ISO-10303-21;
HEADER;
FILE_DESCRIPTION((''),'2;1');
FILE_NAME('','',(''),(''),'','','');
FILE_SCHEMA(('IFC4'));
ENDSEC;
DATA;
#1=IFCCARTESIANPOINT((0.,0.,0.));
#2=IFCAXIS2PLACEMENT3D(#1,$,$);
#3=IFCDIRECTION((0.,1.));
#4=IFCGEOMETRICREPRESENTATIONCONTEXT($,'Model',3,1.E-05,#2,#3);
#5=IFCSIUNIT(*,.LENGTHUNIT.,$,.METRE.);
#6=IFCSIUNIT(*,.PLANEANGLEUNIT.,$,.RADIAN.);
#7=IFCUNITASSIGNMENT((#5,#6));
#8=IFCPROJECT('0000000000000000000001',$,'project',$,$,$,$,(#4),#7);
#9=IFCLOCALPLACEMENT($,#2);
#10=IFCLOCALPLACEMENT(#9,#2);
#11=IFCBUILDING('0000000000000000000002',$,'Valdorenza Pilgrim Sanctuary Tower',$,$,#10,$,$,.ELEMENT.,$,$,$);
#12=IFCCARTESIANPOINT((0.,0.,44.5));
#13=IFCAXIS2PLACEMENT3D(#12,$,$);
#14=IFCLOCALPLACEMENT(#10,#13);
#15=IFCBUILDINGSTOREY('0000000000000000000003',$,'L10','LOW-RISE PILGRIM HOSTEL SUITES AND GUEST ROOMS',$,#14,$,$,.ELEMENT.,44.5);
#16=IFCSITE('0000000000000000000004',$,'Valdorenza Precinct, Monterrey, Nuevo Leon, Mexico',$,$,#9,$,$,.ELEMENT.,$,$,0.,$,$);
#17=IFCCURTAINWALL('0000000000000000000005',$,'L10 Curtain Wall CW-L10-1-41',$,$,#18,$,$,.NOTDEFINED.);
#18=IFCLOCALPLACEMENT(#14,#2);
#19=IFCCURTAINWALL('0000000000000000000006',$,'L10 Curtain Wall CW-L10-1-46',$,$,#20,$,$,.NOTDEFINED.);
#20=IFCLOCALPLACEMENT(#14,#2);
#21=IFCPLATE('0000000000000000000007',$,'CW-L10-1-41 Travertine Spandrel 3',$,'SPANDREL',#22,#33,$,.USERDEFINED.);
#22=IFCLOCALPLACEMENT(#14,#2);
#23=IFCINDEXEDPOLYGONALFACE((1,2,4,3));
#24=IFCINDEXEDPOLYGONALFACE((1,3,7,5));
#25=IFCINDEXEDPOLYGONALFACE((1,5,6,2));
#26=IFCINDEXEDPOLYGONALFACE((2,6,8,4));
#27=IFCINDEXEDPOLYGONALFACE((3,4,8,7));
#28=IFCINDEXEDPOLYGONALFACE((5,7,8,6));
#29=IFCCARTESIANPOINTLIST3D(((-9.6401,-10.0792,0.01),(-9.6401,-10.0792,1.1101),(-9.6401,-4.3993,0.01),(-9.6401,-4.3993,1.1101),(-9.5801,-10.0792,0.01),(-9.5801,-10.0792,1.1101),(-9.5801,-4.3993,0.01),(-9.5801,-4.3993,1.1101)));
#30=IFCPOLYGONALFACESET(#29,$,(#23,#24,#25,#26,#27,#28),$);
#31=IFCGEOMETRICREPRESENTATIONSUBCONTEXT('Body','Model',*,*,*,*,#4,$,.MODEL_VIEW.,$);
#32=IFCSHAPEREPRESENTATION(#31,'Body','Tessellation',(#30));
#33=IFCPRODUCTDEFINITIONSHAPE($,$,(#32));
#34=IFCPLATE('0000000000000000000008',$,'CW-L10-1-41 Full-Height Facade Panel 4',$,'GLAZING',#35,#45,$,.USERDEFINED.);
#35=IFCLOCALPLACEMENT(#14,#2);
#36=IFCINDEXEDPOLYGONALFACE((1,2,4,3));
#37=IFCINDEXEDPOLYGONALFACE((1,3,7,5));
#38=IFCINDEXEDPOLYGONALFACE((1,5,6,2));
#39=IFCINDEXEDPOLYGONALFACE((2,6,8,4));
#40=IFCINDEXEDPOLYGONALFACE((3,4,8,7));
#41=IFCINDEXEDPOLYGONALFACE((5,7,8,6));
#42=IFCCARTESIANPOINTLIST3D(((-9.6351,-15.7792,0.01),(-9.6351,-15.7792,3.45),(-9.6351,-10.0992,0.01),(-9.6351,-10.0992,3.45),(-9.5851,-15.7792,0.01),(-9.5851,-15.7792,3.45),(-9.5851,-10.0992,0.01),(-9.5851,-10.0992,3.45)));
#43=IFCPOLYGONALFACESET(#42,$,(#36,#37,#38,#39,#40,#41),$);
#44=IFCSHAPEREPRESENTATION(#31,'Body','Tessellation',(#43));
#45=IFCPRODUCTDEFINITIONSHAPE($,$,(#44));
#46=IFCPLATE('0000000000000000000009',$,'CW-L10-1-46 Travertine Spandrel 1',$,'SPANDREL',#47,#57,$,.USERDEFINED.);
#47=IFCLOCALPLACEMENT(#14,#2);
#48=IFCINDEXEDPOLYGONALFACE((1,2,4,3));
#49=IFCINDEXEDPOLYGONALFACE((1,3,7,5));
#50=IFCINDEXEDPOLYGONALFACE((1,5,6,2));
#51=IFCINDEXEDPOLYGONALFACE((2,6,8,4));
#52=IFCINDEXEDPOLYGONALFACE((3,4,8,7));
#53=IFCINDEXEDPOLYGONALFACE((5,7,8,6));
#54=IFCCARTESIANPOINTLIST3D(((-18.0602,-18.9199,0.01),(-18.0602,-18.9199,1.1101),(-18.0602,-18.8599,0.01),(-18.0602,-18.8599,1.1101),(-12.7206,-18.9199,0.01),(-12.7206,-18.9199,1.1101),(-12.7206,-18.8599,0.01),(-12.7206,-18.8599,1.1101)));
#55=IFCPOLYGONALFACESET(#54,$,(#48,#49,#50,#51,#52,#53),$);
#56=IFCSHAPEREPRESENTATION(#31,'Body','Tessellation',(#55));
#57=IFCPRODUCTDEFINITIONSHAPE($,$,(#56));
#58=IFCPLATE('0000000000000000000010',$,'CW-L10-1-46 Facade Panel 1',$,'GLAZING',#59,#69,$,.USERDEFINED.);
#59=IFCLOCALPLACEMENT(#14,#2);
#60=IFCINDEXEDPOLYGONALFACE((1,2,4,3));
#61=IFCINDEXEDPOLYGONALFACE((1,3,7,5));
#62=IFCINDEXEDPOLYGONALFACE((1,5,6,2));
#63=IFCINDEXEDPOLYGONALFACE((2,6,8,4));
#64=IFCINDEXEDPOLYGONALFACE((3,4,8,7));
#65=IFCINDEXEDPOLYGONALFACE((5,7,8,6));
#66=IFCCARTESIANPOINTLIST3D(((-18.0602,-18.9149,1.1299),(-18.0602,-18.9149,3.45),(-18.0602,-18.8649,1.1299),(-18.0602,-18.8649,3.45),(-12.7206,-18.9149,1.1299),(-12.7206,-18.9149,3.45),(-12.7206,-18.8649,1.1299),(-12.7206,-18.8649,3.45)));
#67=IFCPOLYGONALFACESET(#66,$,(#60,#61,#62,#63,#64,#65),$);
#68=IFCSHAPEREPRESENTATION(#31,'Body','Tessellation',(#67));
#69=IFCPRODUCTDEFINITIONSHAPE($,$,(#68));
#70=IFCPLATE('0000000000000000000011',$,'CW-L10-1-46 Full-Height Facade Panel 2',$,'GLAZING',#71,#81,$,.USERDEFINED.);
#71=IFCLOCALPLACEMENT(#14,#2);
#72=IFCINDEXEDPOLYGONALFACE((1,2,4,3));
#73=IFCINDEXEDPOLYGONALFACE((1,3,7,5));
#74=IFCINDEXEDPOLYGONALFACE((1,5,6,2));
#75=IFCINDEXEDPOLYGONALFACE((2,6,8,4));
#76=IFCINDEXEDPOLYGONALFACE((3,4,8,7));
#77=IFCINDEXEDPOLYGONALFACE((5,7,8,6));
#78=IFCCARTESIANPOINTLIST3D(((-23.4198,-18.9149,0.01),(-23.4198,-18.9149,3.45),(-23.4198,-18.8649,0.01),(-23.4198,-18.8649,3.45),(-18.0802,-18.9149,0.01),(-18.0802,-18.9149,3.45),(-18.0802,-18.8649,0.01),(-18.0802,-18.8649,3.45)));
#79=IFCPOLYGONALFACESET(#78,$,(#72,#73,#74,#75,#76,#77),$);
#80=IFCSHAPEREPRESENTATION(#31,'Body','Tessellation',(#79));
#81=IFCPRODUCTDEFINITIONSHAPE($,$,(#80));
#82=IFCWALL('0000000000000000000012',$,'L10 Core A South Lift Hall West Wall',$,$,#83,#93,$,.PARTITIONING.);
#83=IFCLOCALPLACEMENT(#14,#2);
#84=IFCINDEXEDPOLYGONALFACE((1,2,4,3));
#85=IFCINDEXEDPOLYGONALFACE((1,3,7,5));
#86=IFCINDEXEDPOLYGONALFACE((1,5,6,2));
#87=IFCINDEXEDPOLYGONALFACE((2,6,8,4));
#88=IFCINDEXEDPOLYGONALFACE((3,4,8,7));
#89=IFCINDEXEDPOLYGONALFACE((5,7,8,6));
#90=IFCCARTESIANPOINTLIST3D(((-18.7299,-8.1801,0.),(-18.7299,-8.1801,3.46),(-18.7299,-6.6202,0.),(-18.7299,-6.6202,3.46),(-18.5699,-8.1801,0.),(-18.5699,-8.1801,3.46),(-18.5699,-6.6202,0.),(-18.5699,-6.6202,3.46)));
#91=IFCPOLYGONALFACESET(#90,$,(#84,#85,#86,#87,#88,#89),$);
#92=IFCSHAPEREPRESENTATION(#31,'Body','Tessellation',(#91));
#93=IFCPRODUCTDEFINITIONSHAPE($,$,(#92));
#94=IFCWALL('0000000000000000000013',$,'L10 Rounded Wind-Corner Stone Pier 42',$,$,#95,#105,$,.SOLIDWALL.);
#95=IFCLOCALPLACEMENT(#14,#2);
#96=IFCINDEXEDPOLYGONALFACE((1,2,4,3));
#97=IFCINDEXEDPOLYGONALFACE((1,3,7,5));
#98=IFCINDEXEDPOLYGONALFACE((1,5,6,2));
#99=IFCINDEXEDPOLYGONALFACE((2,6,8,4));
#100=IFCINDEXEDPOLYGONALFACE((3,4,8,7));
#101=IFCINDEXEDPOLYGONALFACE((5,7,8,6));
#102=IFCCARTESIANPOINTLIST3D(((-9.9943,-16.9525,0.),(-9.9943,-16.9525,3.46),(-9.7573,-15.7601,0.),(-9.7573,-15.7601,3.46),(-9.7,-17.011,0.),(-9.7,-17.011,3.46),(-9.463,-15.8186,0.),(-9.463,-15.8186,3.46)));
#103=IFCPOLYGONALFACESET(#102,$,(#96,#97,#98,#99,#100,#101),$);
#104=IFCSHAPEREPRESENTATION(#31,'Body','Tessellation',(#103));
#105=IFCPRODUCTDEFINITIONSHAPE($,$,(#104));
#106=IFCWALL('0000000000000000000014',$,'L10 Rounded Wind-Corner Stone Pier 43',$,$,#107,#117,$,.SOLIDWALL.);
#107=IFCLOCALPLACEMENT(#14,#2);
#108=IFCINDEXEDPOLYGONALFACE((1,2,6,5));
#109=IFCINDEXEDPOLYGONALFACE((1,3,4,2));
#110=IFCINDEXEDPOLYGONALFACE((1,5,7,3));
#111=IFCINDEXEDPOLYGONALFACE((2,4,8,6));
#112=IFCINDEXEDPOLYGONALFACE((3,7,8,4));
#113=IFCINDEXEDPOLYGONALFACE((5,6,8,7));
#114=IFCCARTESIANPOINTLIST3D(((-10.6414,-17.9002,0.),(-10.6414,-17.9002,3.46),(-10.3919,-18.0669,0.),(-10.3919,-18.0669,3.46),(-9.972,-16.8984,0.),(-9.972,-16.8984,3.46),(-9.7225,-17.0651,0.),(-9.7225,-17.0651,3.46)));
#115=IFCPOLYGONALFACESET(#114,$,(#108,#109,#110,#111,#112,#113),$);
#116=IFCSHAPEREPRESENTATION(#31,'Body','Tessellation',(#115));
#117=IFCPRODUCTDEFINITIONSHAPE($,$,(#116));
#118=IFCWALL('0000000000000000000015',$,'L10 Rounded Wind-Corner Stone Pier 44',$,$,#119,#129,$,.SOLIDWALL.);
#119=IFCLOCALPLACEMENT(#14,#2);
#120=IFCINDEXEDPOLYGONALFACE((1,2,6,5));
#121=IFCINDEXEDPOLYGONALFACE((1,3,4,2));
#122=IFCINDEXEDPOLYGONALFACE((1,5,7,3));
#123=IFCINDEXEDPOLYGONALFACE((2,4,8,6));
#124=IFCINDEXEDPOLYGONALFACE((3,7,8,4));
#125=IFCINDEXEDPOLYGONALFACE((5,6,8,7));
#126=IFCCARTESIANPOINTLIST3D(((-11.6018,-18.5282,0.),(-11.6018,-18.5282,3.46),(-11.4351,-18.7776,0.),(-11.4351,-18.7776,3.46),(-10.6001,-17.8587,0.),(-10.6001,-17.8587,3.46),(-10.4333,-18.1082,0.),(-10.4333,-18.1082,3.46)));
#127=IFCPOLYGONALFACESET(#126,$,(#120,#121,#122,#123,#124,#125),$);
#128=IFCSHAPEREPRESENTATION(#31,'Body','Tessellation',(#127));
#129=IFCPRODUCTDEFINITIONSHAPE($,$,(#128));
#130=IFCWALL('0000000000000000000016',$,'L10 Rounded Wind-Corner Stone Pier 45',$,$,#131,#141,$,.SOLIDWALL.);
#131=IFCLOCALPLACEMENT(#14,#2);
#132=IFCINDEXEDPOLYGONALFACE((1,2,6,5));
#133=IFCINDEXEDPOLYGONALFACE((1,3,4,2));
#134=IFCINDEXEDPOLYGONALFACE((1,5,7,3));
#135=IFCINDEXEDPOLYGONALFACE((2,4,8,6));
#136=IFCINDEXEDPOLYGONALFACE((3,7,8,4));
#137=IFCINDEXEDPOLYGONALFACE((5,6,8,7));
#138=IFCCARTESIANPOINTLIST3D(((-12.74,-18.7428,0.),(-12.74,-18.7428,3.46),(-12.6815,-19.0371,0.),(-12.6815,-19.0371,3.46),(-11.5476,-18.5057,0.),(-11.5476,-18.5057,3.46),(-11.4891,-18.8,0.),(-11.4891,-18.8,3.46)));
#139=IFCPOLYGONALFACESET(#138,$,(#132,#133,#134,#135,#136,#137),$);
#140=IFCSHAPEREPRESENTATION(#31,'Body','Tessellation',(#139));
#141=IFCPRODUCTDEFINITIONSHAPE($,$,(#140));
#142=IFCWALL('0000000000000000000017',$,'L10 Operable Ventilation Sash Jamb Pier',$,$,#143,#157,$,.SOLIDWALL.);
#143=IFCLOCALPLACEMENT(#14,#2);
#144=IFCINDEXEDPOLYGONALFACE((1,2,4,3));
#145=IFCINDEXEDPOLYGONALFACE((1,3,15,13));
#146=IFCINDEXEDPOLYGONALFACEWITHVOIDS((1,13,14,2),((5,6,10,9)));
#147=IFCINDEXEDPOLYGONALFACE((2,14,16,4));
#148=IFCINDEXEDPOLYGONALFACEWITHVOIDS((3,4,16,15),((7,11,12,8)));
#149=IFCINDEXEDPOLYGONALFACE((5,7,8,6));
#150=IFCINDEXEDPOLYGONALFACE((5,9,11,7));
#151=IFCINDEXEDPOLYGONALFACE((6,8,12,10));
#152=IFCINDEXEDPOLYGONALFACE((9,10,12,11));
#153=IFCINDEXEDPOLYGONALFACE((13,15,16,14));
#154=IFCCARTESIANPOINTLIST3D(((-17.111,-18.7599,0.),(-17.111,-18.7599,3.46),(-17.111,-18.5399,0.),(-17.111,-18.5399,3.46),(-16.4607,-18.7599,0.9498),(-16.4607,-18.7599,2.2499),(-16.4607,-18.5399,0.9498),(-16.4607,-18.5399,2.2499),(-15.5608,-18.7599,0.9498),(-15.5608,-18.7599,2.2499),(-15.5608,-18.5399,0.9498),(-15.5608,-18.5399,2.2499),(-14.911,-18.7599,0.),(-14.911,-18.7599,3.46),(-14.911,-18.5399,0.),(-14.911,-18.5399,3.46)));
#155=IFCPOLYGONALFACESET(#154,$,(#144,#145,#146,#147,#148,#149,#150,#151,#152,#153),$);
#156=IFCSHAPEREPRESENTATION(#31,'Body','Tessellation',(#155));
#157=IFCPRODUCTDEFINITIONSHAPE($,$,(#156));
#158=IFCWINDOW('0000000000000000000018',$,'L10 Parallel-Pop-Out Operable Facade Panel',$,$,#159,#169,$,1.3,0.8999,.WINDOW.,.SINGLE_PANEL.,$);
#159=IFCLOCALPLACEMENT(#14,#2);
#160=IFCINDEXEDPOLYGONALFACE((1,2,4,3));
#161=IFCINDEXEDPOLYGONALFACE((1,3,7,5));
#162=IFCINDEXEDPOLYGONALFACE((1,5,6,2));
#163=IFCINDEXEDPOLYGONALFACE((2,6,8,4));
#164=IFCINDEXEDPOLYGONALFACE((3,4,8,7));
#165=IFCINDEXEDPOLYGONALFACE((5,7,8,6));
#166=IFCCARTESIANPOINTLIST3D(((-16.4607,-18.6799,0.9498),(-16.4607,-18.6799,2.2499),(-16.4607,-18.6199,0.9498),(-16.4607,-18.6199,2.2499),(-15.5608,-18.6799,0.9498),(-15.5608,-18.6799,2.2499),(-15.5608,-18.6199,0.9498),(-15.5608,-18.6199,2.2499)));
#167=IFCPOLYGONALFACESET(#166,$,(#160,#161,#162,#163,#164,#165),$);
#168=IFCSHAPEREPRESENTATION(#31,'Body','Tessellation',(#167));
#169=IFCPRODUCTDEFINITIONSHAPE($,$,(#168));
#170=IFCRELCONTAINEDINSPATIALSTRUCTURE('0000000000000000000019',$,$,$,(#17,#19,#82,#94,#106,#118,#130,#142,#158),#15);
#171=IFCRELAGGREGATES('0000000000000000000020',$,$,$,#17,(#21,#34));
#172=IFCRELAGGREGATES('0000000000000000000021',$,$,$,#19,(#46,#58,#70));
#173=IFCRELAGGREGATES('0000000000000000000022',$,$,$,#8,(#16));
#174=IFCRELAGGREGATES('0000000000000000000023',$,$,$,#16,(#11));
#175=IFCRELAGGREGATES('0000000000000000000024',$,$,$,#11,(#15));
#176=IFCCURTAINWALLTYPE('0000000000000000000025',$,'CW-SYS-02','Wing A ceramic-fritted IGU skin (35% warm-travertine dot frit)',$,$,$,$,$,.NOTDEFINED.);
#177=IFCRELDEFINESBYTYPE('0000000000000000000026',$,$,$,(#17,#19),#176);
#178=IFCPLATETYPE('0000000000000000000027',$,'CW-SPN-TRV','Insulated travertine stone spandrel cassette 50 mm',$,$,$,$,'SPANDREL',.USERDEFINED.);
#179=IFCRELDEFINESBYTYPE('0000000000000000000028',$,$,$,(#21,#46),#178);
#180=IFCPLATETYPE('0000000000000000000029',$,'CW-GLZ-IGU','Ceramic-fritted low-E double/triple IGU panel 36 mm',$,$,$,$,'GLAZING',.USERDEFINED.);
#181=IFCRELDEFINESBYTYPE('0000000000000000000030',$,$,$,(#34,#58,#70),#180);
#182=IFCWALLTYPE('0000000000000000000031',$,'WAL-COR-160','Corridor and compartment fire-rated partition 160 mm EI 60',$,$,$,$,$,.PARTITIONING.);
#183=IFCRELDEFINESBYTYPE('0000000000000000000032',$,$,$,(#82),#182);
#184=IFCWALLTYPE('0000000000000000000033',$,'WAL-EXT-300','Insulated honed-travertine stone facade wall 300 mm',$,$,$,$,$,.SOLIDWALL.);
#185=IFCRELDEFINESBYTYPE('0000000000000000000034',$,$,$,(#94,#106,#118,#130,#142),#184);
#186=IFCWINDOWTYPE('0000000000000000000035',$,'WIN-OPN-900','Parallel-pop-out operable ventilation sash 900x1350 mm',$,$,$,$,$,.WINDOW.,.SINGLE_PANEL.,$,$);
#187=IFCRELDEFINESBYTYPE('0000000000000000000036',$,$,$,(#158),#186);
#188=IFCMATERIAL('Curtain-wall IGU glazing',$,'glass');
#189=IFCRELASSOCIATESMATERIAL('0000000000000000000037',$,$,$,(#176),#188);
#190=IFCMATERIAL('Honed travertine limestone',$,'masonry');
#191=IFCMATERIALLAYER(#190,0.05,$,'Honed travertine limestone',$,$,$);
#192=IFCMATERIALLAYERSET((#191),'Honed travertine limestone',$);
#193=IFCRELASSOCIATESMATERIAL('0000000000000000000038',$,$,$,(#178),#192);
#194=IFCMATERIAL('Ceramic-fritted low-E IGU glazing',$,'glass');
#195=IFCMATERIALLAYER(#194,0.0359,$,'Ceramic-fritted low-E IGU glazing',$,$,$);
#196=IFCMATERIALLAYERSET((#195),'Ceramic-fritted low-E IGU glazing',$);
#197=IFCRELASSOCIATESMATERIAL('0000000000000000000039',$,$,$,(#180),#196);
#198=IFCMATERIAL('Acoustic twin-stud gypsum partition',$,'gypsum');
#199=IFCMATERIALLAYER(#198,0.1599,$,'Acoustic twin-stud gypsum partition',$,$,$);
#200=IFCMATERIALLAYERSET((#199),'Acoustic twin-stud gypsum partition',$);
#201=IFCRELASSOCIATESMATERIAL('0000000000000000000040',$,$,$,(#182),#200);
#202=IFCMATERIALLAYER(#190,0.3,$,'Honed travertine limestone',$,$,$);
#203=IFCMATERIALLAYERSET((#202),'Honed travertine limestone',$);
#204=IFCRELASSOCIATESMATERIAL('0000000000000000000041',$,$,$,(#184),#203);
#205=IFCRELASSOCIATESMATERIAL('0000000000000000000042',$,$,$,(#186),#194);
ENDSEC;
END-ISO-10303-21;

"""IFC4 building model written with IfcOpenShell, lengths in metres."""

from ifc_helpers import new_model, si_unit, direction, frame, frame_2d, origin, origin_2d, place, context, subcontext, project, spatial, rectangle, extrude, source, transform, mapped, material, layer, layer_set, type_object, element, fill, aggregate, save


model = new_model("IFC4")

# Units and contexts
model_context = context("Model", 3, precision=1e-05, world=origin(), true_north=direction((0.0, 1.0)))
body_context = subcontext(model_context, "Body", "Model", "MODEL_VIEW")
ifc_project = project(units=[si_unit("LENGTHUNIT", "METRE"), si_unit("PLANEANGLEUNIT", "RADIAN")], contexts=[model_context])

# Site, building, storey
site_placement = place(None, origin())
site = spatial("IfcSite", under=ifc_project, at=site_placement, Name="Valdorenza Precinct, Monterrey, Nuevo Leon, Mexico", CompositionType="ELEMENT", RefElevation=0.0)
building_placement = place(site_placement, origin())
building = spatial("IfcBuilding", under=site, at=building_placement, Name="Valdorenza Pilgrim Sanctuary Tower", CompositionType="ELEMENT")
storey_placement = place(building_placement, frame((0.0, 0.0, 44.5)))
storey = spatial("IfcBuildingStorey", under=building, at=storey_placement, Name="L10", Description="LOW-RISE PILGRIM HOSTEL SUITES AND GUEST ROOMS", CompositionType="ELEMENT", Elevation=44.5)

# Curtain walls
ifc_material_1 = material(Name="Curtain-wall IGU glazing", Category="glass")
curtain_wall_type = type_object("IfcCurtainWallType", Name="CW-SYS-02", Description="Wing A ceramic-fritted IGU skin (35% warm-travertine dot frit)", PredefinedType="NOTDEFINED", material=ifc_material_1)
curtain_wall_1_placement = place(storey_placement, origin())
curtain_wall_1 = element("IfcCurtainWall", 1, at=curtain_wall_1_placement, inside=storey, type_object=curtain_wall_type, Name="L10 Curtain Wall CW-L10-1-41", PredefinedType="NOTDEFINED")
curtain_wall_2_placement = place(storey_placement, origin())
curtain_wall_2 = element("IfcCurtainWall", 2, at=curtain_wall_2_placement, inside=storey, type_object=curtain_wall_type, Name="L10 Curtain Wall CW-L10-1-46", PredefinedType="NOTDEFINED")

# Plates
ifc_material_2 = material(Name="Honed travertine limestone", Category="masonry")
ifc_layer_1 = layer(ifc_material_2, 0.05, Name="Honed travertine limestone")
ifc_layer_set_1 = layer_set([ifc_layer_1], Name="Honed travertine limestone")
plate_type_1 = type_object("IfcPlateType", Name="CW-SPN-TRV", Description="Insulated travertine stone spandrel cassette 50 mm", ElementType="SPANDREL", PredefinedType="USERDEFINED", material=ifc_layer_set_1)
shared_shape_1 = source(origin(), body_context, "Body", "SweptSolid", [
    extrude(rectangle(XDim=5.6799, YDim=0.0601, at=origin_2d()), origin(), (0.0, 0.0, 1.0), 1.1001),
])
plate_1_placement = place(storey_placement, frame((-9.6101, -7.2393, 0.01), z_axis=(0.0, 0.0, 1.0), x_axis=(0.0, -1.0, 0.0)))
plate_1 = element("IfcPlate", 3, at=plate_1_placement, type_object=plate_type_1, Name="CW-L10-1-41 Travertine Spandrel 3", ObjectType="SPANDREL", PredefinedType="USERDEFINED", context=body_context, shape_type="MappedRepresentation", body=[
    mapped(shared_shape_1, transform((0.0, 0.0, 0.0), x_axis=(1.0, 0.0, 0.0), y_axis=(0.0, 1.0, 0.0), z_axis=(0.0, 0.0, 1.0), scale=1.0)),
])
ifc_material_3 = material(Name="Ceramic-fritted low-E IGU glazing", Category="glass")
ifc_layer_2 = layer(ifc_material_3, 0.0359, Name="Ceramic-fritted low-E IGU glazing")
ifc_layer_set_2 = layer_set([ifc_layer_2], Name="Ceramic-fritted low-E IGU glazing")
plate_type_2 = type_object("IfcPlateType", Name="CW-GLZ-IGU", Description="Ceramic-fritted low-E double/triple IGU panel 36 mm", ElementType="GLAZING", PredefinedType="USERDEFINED", material=ifc_layer_set_2)
shared_shape_2 = source(origin(), body_context, "Body", "SweptSolid", [
    extrude(rectangle(XDim=5.6799, YDim=0.05, at=origin_2d()), origin(), (0.0, 0.0, 1.0), 3.4399),
])
plate_2_placement = place(storey_placement, frame((-9.6101, -12.9392, 0.01), z_axis=(0.0, 0.0, 1.0), x_axis=(0.0, -1.0, 0.0)))
plate_2 = element("IfcPlate", 4, at=plate_2_placement, type_object=plate_type_2, Name="CW-L10-1-41 Full-Height Facade Panel 4", ObjectType="GLAZING", PredefinedType="USERDEFINED", context=body_context, shape_type="MappedRepresentation", body=[
    mapped(shared_shape_2, transform((0.0, 0.0, 0.0), x_axis=(1.0, 0.0, 0.0), y_axis=(0.0, 1.0, 0.0), z_axis=(0.0, 0.0, 1.0), scale=1.0)),
])
aggregate(curtain_wall_1, [plate_1, plate_2])
shared_shape_3 = source(origin(), body_context, "Body", "SweptSolid", [
    extrude(rectangle(XDim=5.3396, YDim=0.0601, at=origin_2d()), origin(), (0.0, 0.0, 1.0), 1.1001),
])
plate_3_placement = place(storey_placement, frame((-15.3904, -18.8899, 0.01), z_axis=(0.0, 0.0, 1.0), x_axis=(-1.0, 0.0, 0.0)))
plate_3 = element("IfcPlate", 5, at=plate_3_placement, type_object=plate_type_1, Name="CW-L10-1-46 Travertine Spandrel 1", ObjectType="SPANDREL", PredefinedType="USERDEFINED", context=body_context, shape_type="MappedRepresentation", body=[
    mapped(shared_shape_3, transform((0.0, 0.0, 0.0), x_axis=(1.0, 0.0, 0.0), y_axis=(0.0, 1.0, 0.0), z_axis=(0.0, 0.0, 1.0), scale=1.0)),
])
shared_shape_4 = source(origin(), body_context, "Body", "SweptSolid", [
    extrude(rectangle(XDim=5.3396, YDim=0.05, at=origin_2d()), origin(), (0.0, 0.0, 1.0), 2.3201),
])
plate_4_placement = place(storey_placement, frame((-15.3904, -18.8899, 1.1299), z_axis=(0.0, 0.0, 1.0), x_axis=(-1.0, 0.0, 0.0)))
plate_4 = element("IfcPlate", 6, at=plate_4_placement, type_object=plate_type_2, Name="CW-L10-1-46 Facade Panel 1", ObjectType="GLAZING", PredefinedType="USERDEFINED", context=body_context, shape_type="MappedRepresentation", body=[
    mapped(shared_shape_4, transform((0.0, 0.0, 0.0), x_axis=(1.0, 0.0, 0.0), y_axis=(0.0, 1.0, 0.0), z_axis=(0.0, 0.0, 1.0), scale=1.0)),
])
shared_shape_5 = source(origin(), body_context, "Body", "SweptSolid", [
    extrude(rectangle(XDim=5.3396, YDim=0.05, at=origin_2d()), origin(), (0.0, 0.0, 1.0), 3.4399),
])
plate_5_placement = place(storey_placement, frame((-20.75, -18.8899, 0.01), z_axis=(0.0, 0.0, 1.0), x_axis=(-1.0, 0.0, 0.0)))
plate_5 = element("IfcPlate", 7, at=plate_5_placement, type_object=plate_type_2, Name="CW-L10-1-46 Full-Height Facade Panel 2", ObjectType="GLAZING", PredefinedType="USERDEFINED", context=body_context, shape_type="MappedRepresentation", body=[
    mapped(shared_shape_5, transform((0.0, 0.0, 0.0), x_axis=(1.0, 0.0, 0.0), y_axis=(0.0, 1.0, 0.0), z_axis=(0.0, 0.0, 1.0), scale=1.0)),
])
aggregate(curtain_wall_2, [plate_3, plate_4, plate_5])

# Walls
ifc_material_4 = material(Name="Acoustic twin-stud gypsum partition", Category="gypsum")
ifc_layer_3 = layer(ifc_material_4, 0.1599, Name="Acoustic twin-stud gypsum partition")
ifc_layer_set_3 = layer_set([ifc_layer_3], Name="Acoustic twin-stud gypsum partition")
wall_type_1 = type_object("IfcWallType", Name="WAL-COR-160", Description="Corridor and compartment fire-rated partition 160 mm EI 60", PredefinedType="PARTITIONING", material=ifc_layer_set_3)
wall_1_placement = place(storey_placement, frame((-18.6499, -8.1799, 0.0), z_axis=(0.0, 0.0, 1.0), x_axis=(0.0, 1.0, 0.0)))
element("IfcWall", 8, at=wall_1_placement, inside=storey, type_object=wall_type_1, Name="L10 Core A South Lift Hall West Wall", PredefinedType="PARTITIONING", context=body_context, shape_type="SweptSolid", body=[
    extrude(rectangle(XDim=1.5598, YDim=0.1599, at=frame_2d((0.7798, 0.0))), origin(), (0.0, 0.0, 1.0), 3.46),
])
ifc_layer_4 = layer(ifc_material_2, 0.3, Name="Honed travertine limestone")
ifc_layer_set_4 = layer_set([ifc_layer_4], Name="Honed travertine limestone")
wall_type_2 = type_object("IfcWallType", Name="WAL-EXT-300", Description="Insulated honed-travertine stone facade wall 300 mm", PredefinedType="SOLIDWALL", material=ifc_layer_set_4)
wall_2_placement = place(storey_placement, frame((-9.6101, -15.7893, 0.0), z_axis=(0.0, 0.0, 1.0), x_axis=(-0.194996, -0.980804, 0.0)))
element("IfcWall", 9, at=wall_2_placement, inside=storey, type_object=wall_type_2, Name="L10 Rounded Wind-Corner Stone Pier 42", PredefinedType="SOLIDWALL", context=body_context, shape_type="SweptSolid", body=[
    extrude(rectangle(XDim=1.2158, YDim=0.3, at=frame_2d((0.6079, 0.0))), origin(), (0.0, 0.0, 1.0), 3.46),
])
for number, where, z_axis, x_axis, name in (
    (10, (-9.8472, -16.9817, 0.0), (0.0, 0.0, 1.0), (-0.555635, -0.831426, 0.0), "L10 Rounded Wind-Corner Stone Pier 43"),
    (11, (-10.5166, -17.9834, 0.0), (0.0, 0.0, 1.0), (-0.831426, -0.555635, 0.0), "L10 Rounded Wind-Corner Stone Pier 44"),
):
    element("IfcWall", number, at=place(storey_placement, frame(where, z_axis=z_axis, x_axis=x_axis)), inside=storey, type_object=wall_type_2, Name=name, PredefinedType="SOLIDWALL", context=body_context, shape_type="SweptSolid", body=[
        extrude(rectangle(XDim=1.2048, YDim=0.3, at=frame_2d((0.6025, 0.0))), origin(), (0.0, 0.0, 1.0), 3.46),
    ])
wall_3_placement = place(storey_placement, frame((-11.5183, -18.6528, 0.0), z_axis=(0.0, 0.0, 1.0), x_axis=(-0.980804, -0.194996, 0.0)))
element("IfcWall", 12, at=wall_3_placement, inside=storey, type_object=wall_type_2, Name="L10 Rounded Wind-Corner Stone Pier 45", PredefinedType="SOLIDWALL", context=body_context, shape_type="SweptSolid", body=[
    extrude(rectangle(XDim=1.2158, YDim=0.3, at=frame_2d((0.6079, 0.0))), origin(), (0.0, 0.0, 1.0), 3.46),
])

# Wall, opening, window
wall_4_placement = place(storey_placement, frame((-14.9109, -18.6499, 0.0), z_axis=(0.0, 0.0, 1.0), x_axis=(-1.0, 0.0, 0.0)))
wall_4 = element("IfcWall", 13, at=wall_4_placement, inside=storey, type_object=wall_type_2, Name="L10 Operable Ventilation Sash Jamb Pier", PredefinedType="SOLIDWALL", context=body_context, shape_type="SweptSolid", body=[
    extrude(rectangle(XDim=2.2, YDim=0.22, at=frame_2d((1.1001, 0.0))), origin(), (0.0, 0.0, 1.0), 3.46),
])
opening_1_placement = place(wall_4_placement, frame((0.6499, 0.0, 0.95)))
opening_1 = element("IfcOpeningElement", 14, at=opening_1_placement, cuts=wall_4, PredefinedType="OPENING", context=body_context, shape_type="SweptSolid", body=[
    extrude(rectangle(XDim=0.8999, YDim=1.3, at=frame_2d((0.45, 0.6499))), frame((0.0, 0.125, 0.0), z_axis=(0.0, -1.0, 0.0), x_axis=(1.0, 0.0, 0.0)), (0.0, 0.0, 1.0), 0.2498),
])
window_type = type_object("IfcWindowType", Name="WIN-OPN-900", Description="Parallel-pop-out operable ventilation sash 900x1350 mm", PartitioningType="SINGLE_PANEL", PredefinedType="WINDOW", material=ifc_material_3)
window_placement = place(opening_1_placement, origin())
window = element("IfcWindow", 15, at=window_placement, inside=storey, type_object=window_type, Name="L10 Parallel-Pop-Out Operable Facade Panel", OverallHeight=1.3, OverallWidth=0.8999, PartitioningType="SINGLE_PANEL", PredefinedType="WINDOW", context=body_context, shape_type="SweptSolid", body=[
    extrude(rectangle(XDim=0.8999, YDim=1.3, at=frame_2d((0.45, 0.6499))), frame((0.0, 0.03, 0.0), z_axis=(0.0, -1.0, 0.0), x_axis=(1.0, 0.0, 0.0)), (0.0, 0.0, 1.0), 0.0601),
])
fill(opening_1, window)

save(model, "model.ifc")
